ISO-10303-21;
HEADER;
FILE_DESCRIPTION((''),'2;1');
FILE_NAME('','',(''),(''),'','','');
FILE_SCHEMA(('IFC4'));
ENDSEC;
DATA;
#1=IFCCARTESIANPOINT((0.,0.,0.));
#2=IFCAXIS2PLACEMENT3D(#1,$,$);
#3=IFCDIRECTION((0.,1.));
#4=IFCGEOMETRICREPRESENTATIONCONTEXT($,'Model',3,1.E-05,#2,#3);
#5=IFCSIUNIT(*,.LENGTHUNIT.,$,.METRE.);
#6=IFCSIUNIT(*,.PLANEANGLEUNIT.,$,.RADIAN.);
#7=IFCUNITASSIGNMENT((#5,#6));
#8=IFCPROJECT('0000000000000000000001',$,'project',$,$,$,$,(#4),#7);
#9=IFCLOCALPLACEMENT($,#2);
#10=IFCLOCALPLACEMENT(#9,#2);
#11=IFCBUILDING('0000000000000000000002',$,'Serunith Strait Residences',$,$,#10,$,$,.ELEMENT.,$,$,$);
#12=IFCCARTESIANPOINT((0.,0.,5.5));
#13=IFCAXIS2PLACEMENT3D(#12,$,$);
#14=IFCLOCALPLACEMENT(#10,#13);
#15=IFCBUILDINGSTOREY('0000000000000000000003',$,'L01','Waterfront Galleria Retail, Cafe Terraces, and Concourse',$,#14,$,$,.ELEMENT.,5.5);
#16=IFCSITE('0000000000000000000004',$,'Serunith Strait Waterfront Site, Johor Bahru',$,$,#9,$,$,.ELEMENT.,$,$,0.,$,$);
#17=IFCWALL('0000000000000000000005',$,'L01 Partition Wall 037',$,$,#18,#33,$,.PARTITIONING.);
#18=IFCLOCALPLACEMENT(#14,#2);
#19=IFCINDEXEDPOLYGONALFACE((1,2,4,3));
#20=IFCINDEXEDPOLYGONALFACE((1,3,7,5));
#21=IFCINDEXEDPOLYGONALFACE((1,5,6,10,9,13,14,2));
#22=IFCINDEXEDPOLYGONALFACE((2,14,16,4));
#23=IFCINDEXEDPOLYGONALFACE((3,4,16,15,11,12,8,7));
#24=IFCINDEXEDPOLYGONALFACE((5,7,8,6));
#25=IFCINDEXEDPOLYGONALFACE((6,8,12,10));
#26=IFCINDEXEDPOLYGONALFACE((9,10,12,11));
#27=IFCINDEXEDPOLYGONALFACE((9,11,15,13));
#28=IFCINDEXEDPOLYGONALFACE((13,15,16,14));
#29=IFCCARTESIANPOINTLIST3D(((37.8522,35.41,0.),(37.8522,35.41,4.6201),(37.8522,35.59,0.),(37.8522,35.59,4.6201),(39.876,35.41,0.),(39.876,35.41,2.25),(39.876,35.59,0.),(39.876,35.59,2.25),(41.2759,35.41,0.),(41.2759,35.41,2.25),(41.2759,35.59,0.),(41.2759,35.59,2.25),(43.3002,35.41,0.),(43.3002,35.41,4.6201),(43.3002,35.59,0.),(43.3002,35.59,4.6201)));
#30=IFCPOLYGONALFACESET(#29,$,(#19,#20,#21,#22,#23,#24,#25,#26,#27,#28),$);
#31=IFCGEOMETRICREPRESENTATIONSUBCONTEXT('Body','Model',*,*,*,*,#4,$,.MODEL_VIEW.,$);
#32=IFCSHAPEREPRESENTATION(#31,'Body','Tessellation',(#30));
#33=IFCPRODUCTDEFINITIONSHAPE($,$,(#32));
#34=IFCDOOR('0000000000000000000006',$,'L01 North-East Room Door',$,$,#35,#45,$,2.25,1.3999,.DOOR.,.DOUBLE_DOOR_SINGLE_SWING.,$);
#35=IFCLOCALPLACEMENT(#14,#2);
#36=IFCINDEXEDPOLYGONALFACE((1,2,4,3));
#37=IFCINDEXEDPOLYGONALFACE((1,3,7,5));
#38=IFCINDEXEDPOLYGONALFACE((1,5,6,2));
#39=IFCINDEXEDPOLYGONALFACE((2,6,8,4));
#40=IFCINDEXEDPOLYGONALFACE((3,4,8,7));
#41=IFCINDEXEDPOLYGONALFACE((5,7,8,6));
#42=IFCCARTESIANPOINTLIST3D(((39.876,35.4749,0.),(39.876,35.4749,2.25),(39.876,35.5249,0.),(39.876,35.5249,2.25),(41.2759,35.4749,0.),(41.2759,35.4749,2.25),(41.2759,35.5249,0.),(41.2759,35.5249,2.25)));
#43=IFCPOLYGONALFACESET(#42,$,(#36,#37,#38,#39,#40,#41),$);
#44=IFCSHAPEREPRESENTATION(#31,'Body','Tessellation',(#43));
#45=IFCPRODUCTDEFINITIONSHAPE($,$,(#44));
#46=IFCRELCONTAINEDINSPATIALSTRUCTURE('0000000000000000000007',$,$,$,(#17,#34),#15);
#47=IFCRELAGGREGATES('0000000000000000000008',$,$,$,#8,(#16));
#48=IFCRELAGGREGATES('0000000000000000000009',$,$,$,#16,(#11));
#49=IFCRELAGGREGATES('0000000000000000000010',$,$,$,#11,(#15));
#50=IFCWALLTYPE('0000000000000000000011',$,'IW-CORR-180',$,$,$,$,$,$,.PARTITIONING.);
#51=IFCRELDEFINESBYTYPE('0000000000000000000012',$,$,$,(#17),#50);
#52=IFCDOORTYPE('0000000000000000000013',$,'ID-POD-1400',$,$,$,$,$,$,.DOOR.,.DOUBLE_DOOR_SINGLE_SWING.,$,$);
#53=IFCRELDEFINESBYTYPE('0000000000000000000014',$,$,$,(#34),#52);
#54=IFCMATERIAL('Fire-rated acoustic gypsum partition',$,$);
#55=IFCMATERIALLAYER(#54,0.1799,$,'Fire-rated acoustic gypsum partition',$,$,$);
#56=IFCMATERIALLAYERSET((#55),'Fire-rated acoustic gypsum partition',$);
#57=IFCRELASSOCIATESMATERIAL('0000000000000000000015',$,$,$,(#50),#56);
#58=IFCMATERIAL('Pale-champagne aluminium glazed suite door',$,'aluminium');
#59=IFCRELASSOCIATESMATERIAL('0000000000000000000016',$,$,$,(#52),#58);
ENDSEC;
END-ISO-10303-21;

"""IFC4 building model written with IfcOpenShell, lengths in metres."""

from ifc_helpers import new_model, si_unit, direction, frame, frame_2d, origin, place, context, subcontext, project, spatial, rectangle, extrude, source, transform, mapped, material, layer, layer_set, type_object, element, fill, save


model = new_model("IFC4")

# Units and contexts
model_context = context("Model", 3, precision=1e-05, world=origin(), true_north=direction((0.0, 1.0)))
body_context = subcontext(model_context, "Body", "Model", "MODEL_VIEW")
ifc_project = project(units=[si_unit("LENGTHUNIT", "METRE"), si_unit("PLANEANGLEUNIT", "RADIAN")], contexts=[model_context])

# Site, building, storey
site_placement = place(None, origin())
site = spatial("IfcSite", under=ifc_project, at=site_placement, Name="Serunith Strait Waterfront Site, Johor Bahru", CompositionType="ELEMENT", RefElevation=0.0)
building_placement = place(site_placement, origin())
building = spatial("IfcBuilding", under=site, at=building_placement, Name="Serunith Strait Residences", CompositionType="ELEMENT")
storey_placement = place(building_placement, frame((0.0, 0.0, 5.5)))
storey = spatial("IfcBuildingStorey", under=building, at=storey_placement, Name="L01", Description="Waterfront Galleria Retail, Cafe Terraces, and Concourse", CompositionType="ELEMENT", Elevation=5.5)

# Shared definitions
ifc_material_1 = material(Name="Fire-rated acoustic gypsum partition")
ifc_layer_1 = layer(ifc_material_1, 0.1799, Name="Fire-rated acoustic gypsum partition")
ifc_layer_set_1 = layer_set([ifc_layer_1], Name="Fire-rated acoustic gypsum partition")
wall_type_1 = type_object("IfcWallType", Name="IW-CORR-180", PredefinedType="PARTITIONING", material=ifc_layer_set_1)

# Wall, opening, door
wall_1_placement = place(storey_placement, frame((37.8521, 35.5, 0.0), z_axis=(0.0, 0.0, 1.0), x_axis=(1.0, 0.0, 0.0)))
wall_1 = element("IfcWall", 1, at=wall_1_placement, inside=storey, type_object=wall_type_1, Name="L01 Partition Wall 037", PredefinedType="PARTITIONING", context=body_context, shape_type="SweptSolid", body=[
    extrude(rectangle(XDim=5.448, YDim=0.1799, at=frame_2d((2.7241, 0.0))), origin(), (0.0, 0.0, 1.0), 4.6201),
])
opening_1_placement = place(wall_1_placement, frame((2.0239, 0.0, 0.0)))
opening_1 = element("IfcOpeningElement", 2, at=opening_1_placement, cuts=wall_1, PredefinedType="OPENING", context=body_context, shape_type="SweptSolid", body=[
    extrude(rectangle(XDim=1.3999, YDim=2.25, at=frame_2d((0.7, 1.125))), frame((0.0, 0.1001, 0.0), z_axis=(0.0, -1.0, 0.0), x_axis=(1.0, 0.0, 0.0)), (0.0, 0.0, 1.0), 0.2),
])
ifc_material_2 = material(Name="Pale-champagne aluminium glazed suite door", Category="aluminium")
door_type_1 = type_object("IfcDoorType", Name="ID-POD-1400", OperationType="DOUBLE_DOOR_SINGLE_SWING", PredefinedType="DOOR", material=ifc_material_2)
shared_shape_1 = source(origin(), body_context, "Body", "SweptSolid", [
    extrude(rectangle(XDim=1.3999, YDim=2.25, at=frame_2d((0.7, 1.125))), frame((0.0, 0.0249, 0.0), z_axis=(0.0, -1.0, 0.0), x_axis=(1.0, 0.0, 0.0)), (0.0, 0.0, 1.0), 0.05),
])
door_1_placement = place(opening_1_placement, origin())
door_1 = element("IfcDoor", 3, at=door_1_placement, inside=storey, type_object=door_type_1, Name="L01 North-East Room Door", OperationType="DOUBLE_DOOR_SINGLE_SWING", OverallHeight=2.25, OverallWidth=1.3999, PredefinedType="DOOR", context=body_context, shape_type="MappedRepresentation", body=[
    mapped(shared_shape_1, transform((0.0, 0.0, 0.0), scale=1.0)),
])
fill(opening_1, door_1)

save(model, "model.ifc")
